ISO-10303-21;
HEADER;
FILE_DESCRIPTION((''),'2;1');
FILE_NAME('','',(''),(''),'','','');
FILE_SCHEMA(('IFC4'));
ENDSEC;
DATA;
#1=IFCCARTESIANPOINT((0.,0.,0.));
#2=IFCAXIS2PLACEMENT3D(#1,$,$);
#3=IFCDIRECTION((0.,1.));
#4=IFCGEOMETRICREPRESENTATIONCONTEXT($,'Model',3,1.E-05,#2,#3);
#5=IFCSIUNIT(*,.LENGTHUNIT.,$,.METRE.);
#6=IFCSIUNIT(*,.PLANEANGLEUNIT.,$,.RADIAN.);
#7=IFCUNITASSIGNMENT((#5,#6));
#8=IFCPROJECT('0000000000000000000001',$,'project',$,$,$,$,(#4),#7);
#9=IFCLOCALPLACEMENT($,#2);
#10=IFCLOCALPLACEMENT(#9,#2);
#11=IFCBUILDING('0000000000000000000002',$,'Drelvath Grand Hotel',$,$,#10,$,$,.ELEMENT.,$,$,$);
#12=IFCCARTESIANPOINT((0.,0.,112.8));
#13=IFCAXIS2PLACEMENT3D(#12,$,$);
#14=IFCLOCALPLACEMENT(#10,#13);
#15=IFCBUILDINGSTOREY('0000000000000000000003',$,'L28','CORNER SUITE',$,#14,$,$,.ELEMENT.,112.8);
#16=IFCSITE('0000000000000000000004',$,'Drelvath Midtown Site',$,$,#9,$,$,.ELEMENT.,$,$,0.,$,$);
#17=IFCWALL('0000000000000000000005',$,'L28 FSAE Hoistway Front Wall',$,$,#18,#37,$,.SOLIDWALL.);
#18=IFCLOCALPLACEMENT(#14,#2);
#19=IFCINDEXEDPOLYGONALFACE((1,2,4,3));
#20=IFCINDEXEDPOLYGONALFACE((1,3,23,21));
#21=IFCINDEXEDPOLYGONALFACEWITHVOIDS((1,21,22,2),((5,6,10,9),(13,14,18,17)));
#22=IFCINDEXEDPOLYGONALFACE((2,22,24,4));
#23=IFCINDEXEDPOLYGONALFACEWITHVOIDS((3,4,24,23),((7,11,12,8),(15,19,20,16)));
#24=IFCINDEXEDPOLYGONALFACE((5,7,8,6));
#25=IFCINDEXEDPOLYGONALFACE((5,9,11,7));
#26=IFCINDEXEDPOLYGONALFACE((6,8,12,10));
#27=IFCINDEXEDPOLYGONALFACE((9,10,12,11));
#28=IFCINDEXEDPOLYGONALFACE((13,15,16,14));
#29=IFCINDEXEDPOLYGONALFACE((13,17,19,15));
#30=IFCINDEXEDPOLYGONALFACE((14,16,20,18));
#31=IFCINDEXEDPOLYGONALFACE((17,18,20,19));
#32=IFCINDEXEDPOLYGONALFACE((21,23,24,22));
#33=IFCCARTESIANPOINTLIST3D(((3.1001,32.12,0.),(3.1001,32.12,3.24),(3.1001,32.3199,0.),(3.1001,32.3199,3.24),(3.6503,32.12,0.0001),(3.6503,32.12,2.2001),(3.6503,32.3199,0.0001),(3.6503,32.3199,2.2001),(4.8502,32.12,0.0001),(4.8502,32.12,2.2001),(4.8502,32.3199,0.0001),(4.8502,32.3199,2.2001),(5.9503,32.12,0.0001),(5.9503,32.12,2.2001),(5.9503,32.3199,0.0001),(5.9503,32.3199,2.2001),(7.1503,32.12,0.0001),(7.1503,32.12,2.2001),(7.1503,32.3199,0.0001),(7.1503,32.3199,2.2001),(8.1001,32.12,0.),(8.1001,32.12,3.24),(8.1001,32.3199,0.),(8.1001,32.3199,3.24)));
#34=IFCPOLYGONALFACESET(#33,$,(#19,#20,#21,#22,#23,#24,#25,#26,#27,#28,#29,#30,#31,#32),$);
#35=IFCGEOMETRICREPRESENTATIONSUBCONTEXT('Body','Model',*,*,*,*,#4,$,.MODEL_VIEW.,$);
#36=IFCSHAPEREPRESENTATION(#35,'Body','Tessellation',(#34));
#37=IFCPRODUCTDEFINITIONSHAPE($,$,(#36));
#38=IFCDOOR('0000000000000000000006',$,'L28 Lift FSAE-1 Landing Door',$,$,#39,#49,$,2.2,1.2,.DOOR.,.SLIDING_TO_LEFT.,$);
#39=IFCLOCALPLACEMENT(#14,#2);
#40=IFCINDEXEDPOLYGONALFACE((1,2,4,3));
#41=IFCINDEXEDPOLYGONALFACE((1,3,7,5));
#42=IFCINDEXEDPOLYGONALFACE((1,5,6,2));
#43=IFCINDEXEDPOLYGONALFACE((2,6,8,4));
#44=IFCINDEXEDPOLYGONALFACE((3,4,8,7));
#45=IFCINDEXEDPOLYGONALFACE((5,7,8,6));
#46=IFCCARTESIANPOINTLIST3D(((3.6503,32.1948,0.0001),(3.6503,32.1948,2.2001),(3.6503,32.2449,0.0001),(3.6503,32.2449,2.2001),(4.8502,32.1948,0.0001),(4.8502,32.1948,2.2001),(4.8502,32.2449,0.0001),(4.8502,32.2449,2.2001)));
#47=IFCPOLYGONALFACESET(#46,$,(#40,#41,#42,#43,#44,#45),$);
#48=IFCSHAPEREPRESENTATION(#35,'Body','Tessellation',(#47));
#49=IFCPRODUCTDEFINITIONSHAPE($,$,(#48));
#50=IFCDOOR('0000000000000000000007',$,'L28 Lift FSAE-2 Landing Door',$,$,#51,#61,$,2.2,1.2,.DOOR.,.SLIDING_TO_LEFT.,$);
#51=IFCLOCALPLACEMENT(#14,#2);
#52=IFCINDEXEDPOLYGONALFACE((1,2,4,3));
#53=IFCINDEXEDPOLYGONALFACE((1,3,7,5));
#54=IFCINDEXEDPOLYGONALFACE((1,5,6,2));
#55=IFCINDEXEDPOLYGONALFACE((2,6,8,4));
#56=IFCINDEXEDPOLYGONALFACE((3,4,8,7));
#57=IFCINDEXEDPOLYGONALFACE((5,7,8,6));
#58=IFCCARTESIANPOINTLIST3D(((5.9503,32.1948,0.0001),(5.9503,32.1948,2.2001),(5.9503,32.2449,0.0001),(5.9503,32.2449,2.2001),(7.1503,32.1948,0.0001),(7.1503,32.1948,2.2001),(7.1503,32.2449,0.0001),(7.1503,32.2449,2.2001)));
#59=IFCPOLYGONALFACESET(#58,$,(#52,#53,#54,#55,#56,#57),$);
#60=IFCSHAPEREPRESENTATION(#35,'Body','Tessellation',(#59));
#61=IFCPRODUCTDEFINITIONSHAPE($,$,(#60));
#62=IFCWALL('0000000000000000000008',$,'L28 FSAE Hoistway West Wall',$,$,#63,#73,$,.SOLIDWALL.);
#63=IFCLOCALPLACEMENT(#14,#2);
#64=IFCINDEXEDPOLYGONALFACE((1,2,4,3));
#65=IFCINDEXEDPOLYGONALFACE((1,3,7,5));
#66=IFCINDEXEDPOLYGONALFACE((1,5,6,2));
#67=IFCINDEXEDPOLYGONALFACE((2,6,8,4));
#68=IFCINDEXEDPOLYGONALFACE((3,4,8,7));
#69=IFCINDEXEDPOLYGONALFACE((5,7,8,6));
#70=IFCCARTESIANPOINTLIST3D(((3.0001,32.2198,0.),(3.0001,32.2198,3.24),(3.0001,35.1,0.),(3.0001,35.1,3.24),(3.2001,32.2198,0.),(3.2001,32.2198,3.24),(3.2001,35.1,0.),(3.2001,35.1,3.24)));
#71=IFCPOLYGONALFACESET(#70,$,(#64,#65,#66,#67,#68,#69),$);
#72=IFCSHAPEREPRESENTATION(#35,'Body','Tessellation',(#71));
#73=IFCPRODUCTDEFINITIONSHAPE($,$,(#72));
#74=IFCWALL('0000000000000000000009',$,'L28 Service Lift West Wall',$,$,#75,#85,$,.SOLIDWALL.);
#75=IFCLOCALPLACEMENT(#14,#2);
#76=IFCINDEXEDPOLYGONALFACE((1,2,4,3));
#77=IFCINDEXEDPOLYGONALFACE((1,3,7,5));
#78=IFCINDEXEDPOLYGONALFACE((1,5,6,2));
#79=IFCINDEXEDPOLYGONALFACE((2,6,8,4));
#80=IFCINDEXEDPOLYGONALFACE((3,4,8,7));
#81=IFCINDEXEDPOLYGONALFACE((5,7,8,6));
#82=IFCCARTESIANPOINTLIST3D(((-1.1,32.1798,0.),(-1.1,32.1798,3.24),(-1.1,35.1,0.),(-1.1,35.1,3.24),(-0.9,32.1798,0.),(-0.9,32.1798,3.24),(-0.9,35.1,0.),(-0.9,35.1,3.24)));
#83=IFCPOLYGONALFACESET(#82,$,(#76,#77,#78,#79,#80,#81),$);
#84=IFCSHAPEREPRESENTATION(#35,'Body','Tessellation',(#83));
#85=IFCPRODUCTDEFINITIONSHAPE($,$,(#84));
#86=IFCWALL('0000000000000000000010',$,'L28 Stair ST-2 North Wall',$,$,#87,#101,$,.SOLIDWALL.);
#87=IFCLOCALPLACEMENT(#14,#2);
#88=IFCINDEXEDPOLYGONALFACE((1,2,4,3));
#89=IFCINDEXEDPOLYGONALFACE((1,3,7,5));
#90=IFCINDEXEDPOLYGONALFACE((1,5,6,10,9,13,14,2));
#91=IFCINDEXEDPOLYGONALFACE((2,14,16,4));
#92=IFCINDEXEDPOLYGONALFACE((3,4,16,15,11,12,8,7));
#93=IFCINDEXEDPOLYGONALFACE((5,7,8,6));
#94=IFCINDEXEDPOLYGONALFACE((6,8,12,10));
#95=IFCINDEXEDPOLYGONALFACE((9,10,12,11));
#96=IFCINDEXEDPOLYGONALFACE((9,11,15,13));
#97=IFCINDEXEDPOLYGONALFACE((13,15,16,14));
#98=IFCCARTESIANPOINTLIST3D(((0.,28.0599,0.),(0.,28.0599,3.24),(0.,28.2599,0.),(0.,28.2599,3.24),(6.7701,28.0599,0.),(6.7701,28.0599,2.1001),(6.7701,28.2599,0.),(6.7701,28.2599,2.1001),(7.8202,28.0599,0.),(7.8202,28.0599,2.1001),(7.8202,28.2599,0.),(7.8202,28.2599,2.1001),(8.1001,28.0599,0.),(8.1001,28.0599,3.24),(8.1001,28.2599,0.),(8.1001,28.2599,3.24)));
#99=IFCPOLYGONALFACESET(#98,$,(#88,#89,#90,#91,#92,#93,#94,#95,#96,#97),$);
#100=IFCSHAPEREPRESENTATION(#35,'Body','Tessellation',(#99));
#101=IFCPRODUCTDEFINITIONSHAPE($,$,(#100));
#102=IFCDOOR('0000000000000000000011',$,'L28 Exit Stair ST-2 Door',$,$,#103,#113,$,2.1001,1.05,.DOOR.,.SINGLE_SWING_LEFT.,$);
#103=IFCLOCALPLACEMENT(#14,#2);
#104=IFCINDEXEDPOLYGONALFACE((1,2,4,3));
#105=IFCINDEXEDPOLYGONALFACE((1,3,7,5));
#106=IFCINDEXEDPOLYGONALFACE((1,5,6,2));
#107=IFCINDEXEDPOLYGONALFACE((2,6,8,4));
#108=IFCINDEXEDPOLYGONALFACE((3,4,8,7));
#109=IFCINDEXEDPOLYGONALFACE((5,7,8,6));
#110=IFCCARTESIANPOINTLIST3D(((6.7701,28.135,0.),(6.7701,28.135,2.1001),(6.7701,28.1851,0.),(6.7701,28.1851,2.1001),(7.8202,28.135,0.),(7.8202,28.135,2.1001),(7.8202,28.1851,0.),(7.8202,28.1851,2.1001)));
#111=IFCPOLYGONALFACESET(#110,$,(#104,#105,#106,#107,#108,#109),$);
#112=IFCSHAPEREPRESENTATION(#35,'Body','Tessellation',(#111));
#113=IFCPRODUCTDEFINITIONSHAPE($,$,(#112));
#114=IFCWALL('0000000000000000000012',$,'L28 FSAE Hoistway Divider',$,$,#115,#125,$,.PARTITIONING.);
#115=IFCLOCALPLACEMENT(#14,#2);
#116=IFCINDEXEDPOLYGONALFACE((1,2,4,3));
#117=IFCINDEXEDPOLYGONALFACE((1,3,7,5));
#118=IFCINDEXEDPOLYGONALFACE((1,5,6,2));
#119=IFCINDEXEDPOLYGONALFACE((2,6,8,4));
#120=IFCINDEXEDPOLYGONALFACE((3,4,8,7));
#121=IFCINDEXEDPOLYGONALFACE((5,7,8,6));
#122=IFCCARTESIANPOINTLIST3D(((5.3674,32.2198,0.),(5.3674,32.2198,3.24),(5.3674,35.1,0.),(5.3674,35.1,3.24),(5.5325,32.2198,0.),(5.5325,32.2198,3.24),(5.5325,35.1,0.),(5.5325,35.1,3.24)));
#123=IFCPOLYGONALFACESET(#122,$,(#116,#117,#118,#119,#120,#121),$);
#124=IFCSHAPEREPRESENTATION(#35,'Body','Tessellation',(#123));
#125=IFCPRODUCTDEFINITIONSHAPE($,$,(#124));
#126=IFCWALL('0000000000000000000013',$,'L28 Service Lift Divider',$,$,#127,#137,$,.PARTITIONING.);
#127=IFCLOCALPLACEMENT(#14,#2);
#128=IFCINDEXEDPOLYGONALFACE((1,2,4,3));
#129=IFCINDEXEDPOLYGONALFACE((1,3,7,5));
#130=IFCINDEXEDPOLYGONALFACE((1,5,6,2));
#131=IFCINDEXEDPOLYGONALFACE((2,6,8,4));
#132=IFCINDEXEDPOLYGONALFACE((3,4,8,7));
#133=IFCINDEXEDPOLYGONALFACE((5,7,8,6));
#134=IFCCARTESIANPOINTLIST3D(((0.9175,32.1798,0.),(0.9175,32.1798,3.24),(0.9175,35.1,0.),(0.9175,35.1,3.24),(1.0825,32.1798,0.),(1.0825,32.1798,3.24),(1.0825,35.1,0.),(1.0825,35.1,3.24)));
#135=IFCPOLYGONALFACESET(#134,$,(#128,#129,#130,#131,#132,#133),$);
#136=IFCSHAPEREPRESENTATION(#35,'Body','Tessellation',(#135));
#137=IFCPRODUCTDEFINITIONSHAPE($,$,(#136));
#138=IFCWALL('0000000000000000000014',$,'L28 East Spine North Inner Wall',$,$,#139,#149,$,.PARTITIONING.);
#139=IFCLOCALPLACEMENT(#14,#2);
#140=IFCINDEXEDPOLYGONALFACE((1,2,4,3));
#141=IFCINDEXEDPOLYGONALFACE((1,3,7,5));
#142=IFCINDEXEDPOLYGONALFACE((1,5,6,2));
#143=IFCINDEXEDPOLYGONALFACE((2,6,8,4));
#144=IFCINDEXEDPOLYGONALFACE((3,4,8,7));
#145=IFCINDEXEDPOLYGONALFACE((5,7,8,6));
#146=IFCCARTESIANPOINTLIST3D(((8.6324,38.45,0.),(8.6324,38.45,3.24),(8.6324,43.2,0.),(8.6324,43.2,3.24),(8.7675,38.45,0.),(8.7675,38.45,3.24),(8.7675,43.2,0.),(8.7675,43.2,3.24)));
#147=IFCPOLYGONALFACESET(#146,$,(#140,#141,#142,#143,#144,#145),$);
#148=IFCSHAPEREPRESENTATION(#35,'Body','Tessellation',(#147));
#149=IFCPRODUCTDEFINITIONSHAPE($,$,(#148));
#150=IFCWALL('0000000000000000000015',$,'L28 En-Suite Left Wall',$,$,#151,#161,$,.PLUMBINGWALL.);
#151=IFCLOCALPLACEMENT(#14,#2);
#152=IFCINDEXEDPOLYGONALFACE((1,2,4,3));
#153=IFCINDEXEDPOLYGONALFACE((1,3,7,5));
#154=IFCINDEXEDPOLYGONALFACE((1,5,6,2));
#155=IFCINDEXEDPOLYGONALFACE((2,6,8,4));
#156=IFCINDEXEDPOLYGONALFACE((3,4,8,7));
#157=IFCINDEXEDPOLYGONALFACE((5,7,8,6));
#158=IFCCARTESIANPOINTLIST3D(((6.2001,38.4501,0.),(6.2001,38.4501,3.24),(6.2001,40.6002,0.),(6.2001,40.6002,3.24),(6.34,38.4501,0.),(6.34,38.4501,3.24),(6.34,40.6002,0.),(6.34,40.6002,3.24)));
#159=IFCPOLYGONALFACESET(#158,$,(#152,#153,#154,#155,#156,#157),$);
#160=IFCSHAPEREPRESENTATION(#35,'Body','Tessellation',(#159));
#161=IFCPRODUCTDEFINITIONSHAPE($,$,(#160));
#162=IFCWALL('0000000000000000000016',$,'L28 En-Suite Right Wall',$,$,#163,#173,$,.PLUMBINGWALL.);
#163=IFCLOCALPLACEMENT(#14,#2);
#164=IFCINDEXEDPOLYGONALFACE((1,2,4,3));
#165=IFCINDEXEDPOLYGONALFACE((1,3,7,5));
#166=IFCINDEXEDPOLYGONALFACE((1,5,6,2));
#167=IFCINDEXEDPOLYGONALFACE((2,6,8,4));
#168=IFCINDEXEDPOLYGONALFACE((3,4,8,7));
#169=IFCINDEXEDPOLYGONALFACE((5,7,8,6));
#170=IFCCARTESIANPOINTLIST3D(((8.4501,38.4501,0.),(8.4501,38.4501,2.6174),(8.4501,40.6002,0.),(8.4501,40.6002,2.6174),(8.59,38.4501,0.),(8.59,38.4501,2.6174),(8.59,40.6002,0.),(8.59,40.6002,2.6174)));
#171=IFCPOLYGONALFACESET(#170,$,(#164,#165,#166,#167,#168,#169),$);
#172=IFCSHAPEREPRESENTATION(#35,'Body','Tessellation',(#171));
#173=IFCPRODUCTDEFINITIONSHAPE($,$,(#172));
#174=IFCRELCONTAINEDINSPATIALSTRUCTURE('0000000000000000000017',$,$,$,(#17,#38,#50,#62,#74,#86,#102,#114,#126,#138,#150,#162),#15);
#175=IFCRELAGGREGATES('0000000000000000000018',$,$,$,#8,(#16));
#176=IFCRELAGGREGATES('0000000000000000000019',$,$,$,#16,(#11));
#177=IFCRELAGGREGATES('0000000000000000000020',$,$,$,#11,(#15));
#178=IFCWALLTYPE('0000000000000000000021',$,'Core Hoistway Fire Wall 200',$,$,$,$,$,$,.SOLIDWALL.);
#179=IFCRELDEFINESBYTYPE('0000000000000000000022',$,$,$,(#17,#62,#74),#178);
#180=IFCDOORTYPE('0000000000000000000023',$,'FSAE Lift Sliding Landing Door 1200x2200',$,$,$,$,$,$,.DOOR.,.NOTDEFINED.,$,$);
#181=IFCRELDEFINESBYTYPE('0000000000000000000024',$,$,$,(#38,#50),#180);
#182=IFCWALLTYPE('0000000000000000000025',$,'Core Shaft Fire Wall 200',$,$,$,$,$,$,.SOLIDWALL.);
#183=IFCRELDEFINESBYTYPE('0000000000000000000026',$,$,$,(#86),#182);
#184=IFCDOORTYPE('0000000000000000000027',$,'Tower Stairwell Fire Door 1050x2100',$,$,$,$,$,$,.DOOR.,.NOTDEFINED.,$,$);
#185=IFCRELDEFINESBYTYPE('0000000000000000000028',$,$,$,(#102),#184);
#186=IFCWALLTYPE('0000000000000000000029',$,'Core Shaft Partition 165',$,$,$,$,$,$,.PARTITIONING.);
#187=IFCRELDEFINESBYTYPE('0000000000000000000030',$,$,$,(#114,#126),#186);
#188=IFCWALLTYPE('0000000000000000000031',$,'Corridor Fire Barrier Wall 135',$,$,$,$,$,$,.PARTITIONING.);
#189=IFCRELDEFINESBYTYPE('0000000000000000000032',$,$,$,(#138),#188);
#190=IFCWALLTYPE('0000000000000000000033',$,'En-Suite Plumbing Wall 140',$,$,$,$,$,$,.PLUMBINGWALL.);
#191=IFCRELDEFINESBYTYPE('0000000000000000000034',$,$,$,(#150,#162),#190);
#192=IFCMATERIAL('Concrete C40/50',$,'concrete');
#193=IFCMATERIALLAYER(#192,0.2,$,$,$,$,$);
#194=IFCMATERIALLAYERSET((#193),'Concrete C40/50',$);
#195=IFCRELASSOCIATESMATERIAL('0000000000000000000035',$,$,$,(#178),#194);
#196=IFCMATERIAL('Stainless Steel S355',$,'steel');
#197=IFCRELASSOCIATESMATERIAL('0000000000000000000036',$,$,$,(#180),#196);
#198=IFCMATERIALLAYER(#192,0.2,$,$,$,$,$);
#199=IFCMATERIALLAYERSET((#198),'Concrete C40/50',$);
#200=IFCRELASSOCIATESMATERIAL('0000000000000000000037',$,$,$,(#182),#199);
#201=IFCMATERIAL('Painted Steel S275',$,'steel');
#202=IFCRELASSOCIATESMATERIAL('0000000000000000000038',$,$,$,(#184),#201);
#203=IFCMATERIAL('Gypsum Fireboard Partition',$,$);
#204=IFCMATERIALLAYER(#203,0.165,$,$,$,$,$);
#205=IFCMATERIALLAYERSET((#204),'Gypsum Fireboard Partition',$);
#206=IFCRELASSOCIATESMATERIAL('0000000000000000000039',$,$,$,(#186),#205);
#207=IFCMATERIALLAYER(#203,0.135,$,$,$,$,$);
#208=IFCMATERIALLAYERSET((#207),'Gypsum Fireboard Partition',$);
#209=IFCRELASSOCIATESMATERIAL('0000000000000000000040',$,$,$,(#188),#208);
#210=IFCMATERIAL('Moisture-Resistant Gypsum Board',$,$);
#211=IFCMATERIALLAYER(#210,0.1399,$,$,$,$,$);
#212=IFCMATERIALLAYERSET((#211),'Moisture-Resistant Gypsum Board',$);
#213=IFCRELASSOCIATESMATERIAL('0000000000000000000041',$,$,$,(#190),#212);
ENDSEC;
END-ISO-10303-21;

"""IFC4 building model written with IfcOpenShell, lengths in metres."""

from ifc_helpers import new_model, si_unit, direction, frame, frame_2d, origin, place, context, subcontext, project, spatial, rectangle, extrude, material, layer, layer_set, type_object, element, fill, save


model = new_model("IFC4")

# Units and contexts
model_context = context("Model", 3, precision=1e-05, world=origin(), true_north=direction((0.0, 1.0)))
body_context = subcontext(model_context, "Body", "Model", "MODEL_VIEW")
ifc_project = project(units=[si_unit("LENGTHUNIT", "METRE"), si_unit("PLANEANGLEUNIT", "RADIAN")], contexts=[model_context])

# Site, building, storey
site_placement = place(None, origin())
site = spatial("IfcSite", under=ifc_project, at=site_placement, Name="Drelvath Midtown Site", CompositionType="ELEMENT", RefElevation=0.0)
building_placement = place(site_placement, origin())
building = spatial("IfcBuilding", under=site, at=building_placement, Name="Drelvath Grand Hotel", CompositionType="ELEMENT")
storey_placement = place(building_placement, frame((0.0, 0.0, 112.8)))
storey = spatial("IfcBuildingStorey", under=building, at=storey_placement, Name="L28", Description="CORNER SUITE", CompositionType="ELEMENT", Elevation=112.8)

# Wall, openings, doors
ifc_material_1 = material(Name="Concrete C40/50", Category="concrete")
ifc_layer_1 = layer(ifc_material_1, 0.2)
ifc_layer_set_1 = layer_set([ifc_layer_1], Name="Concrete C40/50")
wall_type_1 = type_object("IfcWallType", Name="Core Hoistway Fire Wall 200", PredefinedType="SOLIDWALL", material=ifc_layer_set_1)
wall_1_placement = place(storey_placement, frame((3.1001, 32.22, 0.0), z_axis=(0.0, 0.0, 1.0), x_axis=(1.0, 0.0, 0.0)))
wall_1 = element("IfcWall", 1, at=wall_1_placement, inside=storey, type_object=wall_type_1, Name="L28 FSAE Hoistway Front Wall", PredefinedType="SOLIDWALL", context=body_context, shape_type="SweptSolid", body=[
    extrude(rectangle(XDim=5.0, YDim=0.2, at=frame_2d((2.5, 0.0))), origin(), (0.0, 0.0, 1.0), 3.24),
])
opening_1_placement = place(wall_1_placement, frame((0.55, 0.0, 0.0)))
opening_1 = element("IfcOpeningElement", 2, at=opening_1_placement, cuts=wall_1, PredefinedType="OPENING", context=body_context, shape_type="SweptSolid", body=[
    extrude(rectangle(XDim=1.2, YDim=2.2, at=frame_2d((0.6001, 1.1001))), frame((0.0, 0.1099, 0.0), z_axis=(0.0, -1.0, 0.0), x_axis=(1.0, 0.0, 0.0)), (0.0, 0.0, 1.0), 0.22),
])
opening_2_placement = place(wall_1_placement, frame((2.8501, 0.0, 0.0)))
opening_2 = element("IfcOpeningElement", 3, at=opening_2_placement, cuts=wall_1, PredefinedType="OPENING", context=body_context, shape_type="SweptSolid", body=[
    extrude(rectangle(XDim=1.2, YDim=2.2, at=frame_2d((0.6001, 1.1001))), frame((0.0, 0.1099, 0.0), z_axis=(0.0, -1.0, 0.0), x_axis=(1.0, 0.0, 0.0)), (0.0, 0.0, 1.0), 0.22),
])
ifc_material_2 = material(Name="Stainless Steel S355", Category="steel")
door_type_1 = type_object("IfcDoorType", Name="FSAE Lift Sliding Landing Door 1200x2200", OperationType="NOTDEFINED", PredefinedType="DOOR", material=ifc_material_2)
door_1_placement = place(opening_1_placement, origin())
door_1 = element("IfcDoor", 4, at=door_1_placement, inside=storey, type_object=door_type_1, Name="L28 Lift FSAE-1 Landing Door", OperationType="SLIDING_TO_LEFT", OverallHeight=2.2, OverallWidth=1.2, PredefinedType="DOOR", context=body_context, shape_type="SweptSolid", body=[
    extrude(rectangle(XDim=1.2, YDim=2.2, at=frame_2d((0.6001, 1.1001))), frame((0.0, 0.0249, 0.0), z_axis=(0.0, -1.0, 0.0), x_axis=(1.0, 0.0, 0.0)), (0.0, 0.0, 1.0), 0.05),
])
fill(opening_1, door_1)
door_2_placement = place(opening_2_placement, origin())
door_2 = element("IfcDoor", 5, at=door_2_placement, inside=storey, type_object=door_type_1, Name="L28 Lift FSAE-2 Landing Door", OperationType="SLIDING_TO_LEFT", OverallHeight=2.2, OverallWidth=1.2, PredefinedType="DOOR", context=body_context, shape_type="SweptSolid", body=[
    extrude(rectangle(XDim=1.2, YDim=2.2, at=frame_2d((0.6001, 1.1001))), frame((0.0, 0.0249, 0.0), z_axis=(0.0, -1.0, 0.0), x_axis=(1.0, 0.0, 0.0)), (0.0, 0.0, 1.0), 0.05),
])
fill(opening_2, door_2)

# Walls
wall_2_placement = place(storey_placement, frame((3.1001, 32.22, 0.0), z_axis=(0.0, 0.0, 1.0), x_axis=(0.0, 1.0, 0.0)))
element("IfcWall", 6, at=wall_2_placement, inside=storey, type_object=wall_type_1, Name="L28 FSAE Hoistway West Wall", PredefinedType="SOLIDWALL", context=body_context, shape_type="SweptSolid", body=[
    extrude(rectangle(XDim=2.8801, YDim=0.2, at=frame_2d((1.4399, 0.0))), origin(), (0.0, 0.0, 1.0), 3.24),
])
wall_3_placement = place(storey_placement, frame((-1.0, 32.1799, 0.0), z_axis=(0.0, 0.0, 1.0), x_axis=(0.0, 1.0, 0.0)))
element("IfcWall", 7, at=wall_3_placement, inside=storey, type_object=wall_type_1, Name="L28 Service Lift West Wall", PredefinedType="SOLIDWALL", context=body_context, shape_type="SweptSolid", body=[
    extrude(rectangle(XDim=2.9202, YDim=0.2, at=frame_2d((1.46, 0.0))), origin(), (0.0, 0.0, 1.0), 3.24),
])

# Wall, opening, door
ifc_layer_2 = layer(ifc_material_1, 0.2)
ifc_layer_set_2 = layer_set([ifc_layer_2], Name="Concrete C40/50")
wall_type_2 = type_object("IfcWallType", Name="Core Shaft Fire Wall 200", PredefinedType="SOLIDWALL", material=ifc_layer_set_2)
wall_4_placement = place(storey_placement, frame((8.1001, 28.1599, 0.0), z_axis=(0.0, 0.0, 1.0), x_axis=(-1.0, 0.0, 0.0)))
wall_4 = element("IfcWall", 8, at=wall_4_placement, inside=storey, type_object=wall_type_2, Name="L28 Stair ST-2 North Wall", PredefinedType="SOLIDWALL", context=body_context, shape_type="SweptSolid", body=[
    extrude(rectangle(XDim=8.1001, YDim=0.2, at=frame_2d((4.05, 0.0))), origin(), (0.0, 0.0, 1.0), 3.24),
])
opening_3_placement = place(wall_4_placement, frame((0.28, 0.0, 0.0)))
opening_3 = element("IfcOpeningElement", 9, at=opening_3_placement, cuts=wall_4, PredefinedType="OPENING", context=body_context, shape_type="SweptSolid", body=[
    extrude(rectangle(XDim=1.05, YDim=2.1001, at=frame_2d((0.5249, 1.05))), frame((0.0, 0.1099, 0.0), z_axis=(0.0, -1.0, 0.0), x_axis=(1.0, 0.0, 0.0)), (0.0, 0.0, 1.0), 0.22),
])
ifc_material_3 = material(Name="Painted Steel S275", Category="steel")
door_type_2 = type_object("IfcDoorType", Name="Tower Stairwell Fire Door 1050x2100", OperationType="NOTDEFINED", PredefinedType="DOOR", material=ifc_material_3)
door_3_placement = place(opening_3_placement, origin())
door_3 = element("IfcDoor", 10, at=door_3_placement, inside=storey, type_object=door_type_2, Name="L28 Exit Stair ST-2 Door", OperationType="SINGLE_SWING_LEFT", OverallHeight=2.1001, OverallWidth=1.05, PredefinedType="DOOR", context=body_context, shape_type="SweptSolid", body=[
    extrude(rectangle(XDim=1.05, YDim=2.1001, at=frame_2d((0.5249, 1.05))), frame((0.0, 0.0249, 0.0), z_axis=(0.0, -1.0, 0.0), x_axis=(1.0, 0.0, 0.0)), (0.0, 0.0, 1.0), 0.05),
])
fill(opening_3, door_3)

# Walls
ifc_material_4 = material(Name="Gypsum Fireboard Partition")
ifc_layer_3 = layer(ifc_material_4, 0.165)
ifc_layer_set_3 = layer_set([ifc_layer_3], Name="Gypsum Fireboard Partition")
wall_type_3 = type_object("IfcWallType", Name="Core Shaft Partition 165", PredefinedType="PARTITIONING", material=ifc_layer_set_3)
wall_5_placement = place(storey_placement, frame((5.45, 32.22, 0.0), z_axis=(0.0, 0.0, 1.0), x_axis=(0.0, 1.0, 0.0)))
element("IfcWall", 11, at=wall_5_placement, inside=storey, type_object=wall_type_3, Name="L28 FSAE Hoistway Divider", PredefinedType="PARTITIONING", context=body_context, shape_type="SweptSolid", body=[
    extrude(rectangle(XDim=2.8801, YDim=0.165, at=frame_2d((1.4399, 0.0))), origin(), (0.0, 0.0, 1.0), 3.24),
])
wall_6_placement = place(storey_placement, frame((1.0, 32.1799, 0.0), z_axis=(0.0, 0.0, 1.0), x_axis=(0.0, 1.0, 0.0)))
element("IfcWall", 12, at=wall_6_placement, inside=storey, type_object=wall_type_3, Name="L28 Service Lift Divider", PredefinedType="PARTITIONING", context=body_context, shape_type="SweptSolid", body=[
    extrude(rectangle(XDim=2.9202, YDim=0.165, at=frame_2d((1.46, 0.0))), origin(), (0.0, 0.0, 1.0), 3.24),
])
ifc_layer_4 = layer(ifc_material_4, 0.135)
ifc_layer_set_4 = layer_set([ifc_layer_4], Name="Gypsum Fireboard Partition")
wall_type_4 = type_object("IfcWallType", Name="Corridor Fire Barrier Wall 135", PredefinedType="PARTITIONING", material=ifc_layer_set_4)
wall_7_placement = place(storey_placement, frame((8.7, 38.45, 0.0), z_axis=(0.0, 0.0, 1.0), x_axis=(0.0, 1.0, 0.0)))
element("IfcWall", 13, at=wall_7_placement, inside=storey, type_object=wall_type_4, Name="L28 East Spine North Inner Wall", PredefinedType="PARTITIONING", context=body_context, shape_type="SweptSolid", body=[
    extrude(rectangle(XDim=4.75, YDim=0.135, at=frame_2d((2.375, 0.0))), origin(), (0.0, 0.0, 1.0), 3.24),
])
ifc_material_5 = material(Name="Moisture-Resistant Gypsum Board")
ifc_layer_5 = layer(ifc_material_5, 0.1399)
ifc_layer_set_5 = layer_set([ifc_layer_5], Name="Moisture-Resistant Gypsum Board")
wall_type_5 = type_object("IfcWallType", Name="En-Suite Plumbing Wall 140", PredefinedType="PLUMBINGWALL", material=ifc_layer_set_5)
wall_8_placement = place(storey_placement, frame((6.27, 38.45, 0.0), z_axis=(0.0, 0.0, 1.0), x_axis=(0.0, 1.0, 0.0)))
element("IfcWall", 14, at=wall_8_placement, inside=storey, type_object=wall_type_5, Name="L28 En-Suite Left Wall", PredefinedType="PLUMBINGWALL", context=body_context, shape_type="SweptSolid", body=[
    extrude(rectangle(XDim=2.1501, YDim=0.1399, at=frame_2d((1.0752, 0.0))), origin(), (0.0, 0.0, 1.0), 3.24),
])
wall_9_placement = place(storey_placement, frame((8.52, 38.45, 0.0), z_axis=(0.0, 0.0, 1.0), x_axis=(0.0, 1.0, 0.0)))
element("IfcWall", 15, at=wall_9_placement, inside=storey, type_object=wall_type_5, Name="L28 En-Suite Right Wall", PredefinedType="PLUMBINGWALL", context=body_context, shape_type="SweptSolid", body=[
    extrude(rectangle(XDim=2.1501, YDim=0.1399, at=frame_2d((1.0752, 0.0))), origin(), (0.0, 0.0, 1.0), 2.6174),
])

save(model, "model.ifc")
